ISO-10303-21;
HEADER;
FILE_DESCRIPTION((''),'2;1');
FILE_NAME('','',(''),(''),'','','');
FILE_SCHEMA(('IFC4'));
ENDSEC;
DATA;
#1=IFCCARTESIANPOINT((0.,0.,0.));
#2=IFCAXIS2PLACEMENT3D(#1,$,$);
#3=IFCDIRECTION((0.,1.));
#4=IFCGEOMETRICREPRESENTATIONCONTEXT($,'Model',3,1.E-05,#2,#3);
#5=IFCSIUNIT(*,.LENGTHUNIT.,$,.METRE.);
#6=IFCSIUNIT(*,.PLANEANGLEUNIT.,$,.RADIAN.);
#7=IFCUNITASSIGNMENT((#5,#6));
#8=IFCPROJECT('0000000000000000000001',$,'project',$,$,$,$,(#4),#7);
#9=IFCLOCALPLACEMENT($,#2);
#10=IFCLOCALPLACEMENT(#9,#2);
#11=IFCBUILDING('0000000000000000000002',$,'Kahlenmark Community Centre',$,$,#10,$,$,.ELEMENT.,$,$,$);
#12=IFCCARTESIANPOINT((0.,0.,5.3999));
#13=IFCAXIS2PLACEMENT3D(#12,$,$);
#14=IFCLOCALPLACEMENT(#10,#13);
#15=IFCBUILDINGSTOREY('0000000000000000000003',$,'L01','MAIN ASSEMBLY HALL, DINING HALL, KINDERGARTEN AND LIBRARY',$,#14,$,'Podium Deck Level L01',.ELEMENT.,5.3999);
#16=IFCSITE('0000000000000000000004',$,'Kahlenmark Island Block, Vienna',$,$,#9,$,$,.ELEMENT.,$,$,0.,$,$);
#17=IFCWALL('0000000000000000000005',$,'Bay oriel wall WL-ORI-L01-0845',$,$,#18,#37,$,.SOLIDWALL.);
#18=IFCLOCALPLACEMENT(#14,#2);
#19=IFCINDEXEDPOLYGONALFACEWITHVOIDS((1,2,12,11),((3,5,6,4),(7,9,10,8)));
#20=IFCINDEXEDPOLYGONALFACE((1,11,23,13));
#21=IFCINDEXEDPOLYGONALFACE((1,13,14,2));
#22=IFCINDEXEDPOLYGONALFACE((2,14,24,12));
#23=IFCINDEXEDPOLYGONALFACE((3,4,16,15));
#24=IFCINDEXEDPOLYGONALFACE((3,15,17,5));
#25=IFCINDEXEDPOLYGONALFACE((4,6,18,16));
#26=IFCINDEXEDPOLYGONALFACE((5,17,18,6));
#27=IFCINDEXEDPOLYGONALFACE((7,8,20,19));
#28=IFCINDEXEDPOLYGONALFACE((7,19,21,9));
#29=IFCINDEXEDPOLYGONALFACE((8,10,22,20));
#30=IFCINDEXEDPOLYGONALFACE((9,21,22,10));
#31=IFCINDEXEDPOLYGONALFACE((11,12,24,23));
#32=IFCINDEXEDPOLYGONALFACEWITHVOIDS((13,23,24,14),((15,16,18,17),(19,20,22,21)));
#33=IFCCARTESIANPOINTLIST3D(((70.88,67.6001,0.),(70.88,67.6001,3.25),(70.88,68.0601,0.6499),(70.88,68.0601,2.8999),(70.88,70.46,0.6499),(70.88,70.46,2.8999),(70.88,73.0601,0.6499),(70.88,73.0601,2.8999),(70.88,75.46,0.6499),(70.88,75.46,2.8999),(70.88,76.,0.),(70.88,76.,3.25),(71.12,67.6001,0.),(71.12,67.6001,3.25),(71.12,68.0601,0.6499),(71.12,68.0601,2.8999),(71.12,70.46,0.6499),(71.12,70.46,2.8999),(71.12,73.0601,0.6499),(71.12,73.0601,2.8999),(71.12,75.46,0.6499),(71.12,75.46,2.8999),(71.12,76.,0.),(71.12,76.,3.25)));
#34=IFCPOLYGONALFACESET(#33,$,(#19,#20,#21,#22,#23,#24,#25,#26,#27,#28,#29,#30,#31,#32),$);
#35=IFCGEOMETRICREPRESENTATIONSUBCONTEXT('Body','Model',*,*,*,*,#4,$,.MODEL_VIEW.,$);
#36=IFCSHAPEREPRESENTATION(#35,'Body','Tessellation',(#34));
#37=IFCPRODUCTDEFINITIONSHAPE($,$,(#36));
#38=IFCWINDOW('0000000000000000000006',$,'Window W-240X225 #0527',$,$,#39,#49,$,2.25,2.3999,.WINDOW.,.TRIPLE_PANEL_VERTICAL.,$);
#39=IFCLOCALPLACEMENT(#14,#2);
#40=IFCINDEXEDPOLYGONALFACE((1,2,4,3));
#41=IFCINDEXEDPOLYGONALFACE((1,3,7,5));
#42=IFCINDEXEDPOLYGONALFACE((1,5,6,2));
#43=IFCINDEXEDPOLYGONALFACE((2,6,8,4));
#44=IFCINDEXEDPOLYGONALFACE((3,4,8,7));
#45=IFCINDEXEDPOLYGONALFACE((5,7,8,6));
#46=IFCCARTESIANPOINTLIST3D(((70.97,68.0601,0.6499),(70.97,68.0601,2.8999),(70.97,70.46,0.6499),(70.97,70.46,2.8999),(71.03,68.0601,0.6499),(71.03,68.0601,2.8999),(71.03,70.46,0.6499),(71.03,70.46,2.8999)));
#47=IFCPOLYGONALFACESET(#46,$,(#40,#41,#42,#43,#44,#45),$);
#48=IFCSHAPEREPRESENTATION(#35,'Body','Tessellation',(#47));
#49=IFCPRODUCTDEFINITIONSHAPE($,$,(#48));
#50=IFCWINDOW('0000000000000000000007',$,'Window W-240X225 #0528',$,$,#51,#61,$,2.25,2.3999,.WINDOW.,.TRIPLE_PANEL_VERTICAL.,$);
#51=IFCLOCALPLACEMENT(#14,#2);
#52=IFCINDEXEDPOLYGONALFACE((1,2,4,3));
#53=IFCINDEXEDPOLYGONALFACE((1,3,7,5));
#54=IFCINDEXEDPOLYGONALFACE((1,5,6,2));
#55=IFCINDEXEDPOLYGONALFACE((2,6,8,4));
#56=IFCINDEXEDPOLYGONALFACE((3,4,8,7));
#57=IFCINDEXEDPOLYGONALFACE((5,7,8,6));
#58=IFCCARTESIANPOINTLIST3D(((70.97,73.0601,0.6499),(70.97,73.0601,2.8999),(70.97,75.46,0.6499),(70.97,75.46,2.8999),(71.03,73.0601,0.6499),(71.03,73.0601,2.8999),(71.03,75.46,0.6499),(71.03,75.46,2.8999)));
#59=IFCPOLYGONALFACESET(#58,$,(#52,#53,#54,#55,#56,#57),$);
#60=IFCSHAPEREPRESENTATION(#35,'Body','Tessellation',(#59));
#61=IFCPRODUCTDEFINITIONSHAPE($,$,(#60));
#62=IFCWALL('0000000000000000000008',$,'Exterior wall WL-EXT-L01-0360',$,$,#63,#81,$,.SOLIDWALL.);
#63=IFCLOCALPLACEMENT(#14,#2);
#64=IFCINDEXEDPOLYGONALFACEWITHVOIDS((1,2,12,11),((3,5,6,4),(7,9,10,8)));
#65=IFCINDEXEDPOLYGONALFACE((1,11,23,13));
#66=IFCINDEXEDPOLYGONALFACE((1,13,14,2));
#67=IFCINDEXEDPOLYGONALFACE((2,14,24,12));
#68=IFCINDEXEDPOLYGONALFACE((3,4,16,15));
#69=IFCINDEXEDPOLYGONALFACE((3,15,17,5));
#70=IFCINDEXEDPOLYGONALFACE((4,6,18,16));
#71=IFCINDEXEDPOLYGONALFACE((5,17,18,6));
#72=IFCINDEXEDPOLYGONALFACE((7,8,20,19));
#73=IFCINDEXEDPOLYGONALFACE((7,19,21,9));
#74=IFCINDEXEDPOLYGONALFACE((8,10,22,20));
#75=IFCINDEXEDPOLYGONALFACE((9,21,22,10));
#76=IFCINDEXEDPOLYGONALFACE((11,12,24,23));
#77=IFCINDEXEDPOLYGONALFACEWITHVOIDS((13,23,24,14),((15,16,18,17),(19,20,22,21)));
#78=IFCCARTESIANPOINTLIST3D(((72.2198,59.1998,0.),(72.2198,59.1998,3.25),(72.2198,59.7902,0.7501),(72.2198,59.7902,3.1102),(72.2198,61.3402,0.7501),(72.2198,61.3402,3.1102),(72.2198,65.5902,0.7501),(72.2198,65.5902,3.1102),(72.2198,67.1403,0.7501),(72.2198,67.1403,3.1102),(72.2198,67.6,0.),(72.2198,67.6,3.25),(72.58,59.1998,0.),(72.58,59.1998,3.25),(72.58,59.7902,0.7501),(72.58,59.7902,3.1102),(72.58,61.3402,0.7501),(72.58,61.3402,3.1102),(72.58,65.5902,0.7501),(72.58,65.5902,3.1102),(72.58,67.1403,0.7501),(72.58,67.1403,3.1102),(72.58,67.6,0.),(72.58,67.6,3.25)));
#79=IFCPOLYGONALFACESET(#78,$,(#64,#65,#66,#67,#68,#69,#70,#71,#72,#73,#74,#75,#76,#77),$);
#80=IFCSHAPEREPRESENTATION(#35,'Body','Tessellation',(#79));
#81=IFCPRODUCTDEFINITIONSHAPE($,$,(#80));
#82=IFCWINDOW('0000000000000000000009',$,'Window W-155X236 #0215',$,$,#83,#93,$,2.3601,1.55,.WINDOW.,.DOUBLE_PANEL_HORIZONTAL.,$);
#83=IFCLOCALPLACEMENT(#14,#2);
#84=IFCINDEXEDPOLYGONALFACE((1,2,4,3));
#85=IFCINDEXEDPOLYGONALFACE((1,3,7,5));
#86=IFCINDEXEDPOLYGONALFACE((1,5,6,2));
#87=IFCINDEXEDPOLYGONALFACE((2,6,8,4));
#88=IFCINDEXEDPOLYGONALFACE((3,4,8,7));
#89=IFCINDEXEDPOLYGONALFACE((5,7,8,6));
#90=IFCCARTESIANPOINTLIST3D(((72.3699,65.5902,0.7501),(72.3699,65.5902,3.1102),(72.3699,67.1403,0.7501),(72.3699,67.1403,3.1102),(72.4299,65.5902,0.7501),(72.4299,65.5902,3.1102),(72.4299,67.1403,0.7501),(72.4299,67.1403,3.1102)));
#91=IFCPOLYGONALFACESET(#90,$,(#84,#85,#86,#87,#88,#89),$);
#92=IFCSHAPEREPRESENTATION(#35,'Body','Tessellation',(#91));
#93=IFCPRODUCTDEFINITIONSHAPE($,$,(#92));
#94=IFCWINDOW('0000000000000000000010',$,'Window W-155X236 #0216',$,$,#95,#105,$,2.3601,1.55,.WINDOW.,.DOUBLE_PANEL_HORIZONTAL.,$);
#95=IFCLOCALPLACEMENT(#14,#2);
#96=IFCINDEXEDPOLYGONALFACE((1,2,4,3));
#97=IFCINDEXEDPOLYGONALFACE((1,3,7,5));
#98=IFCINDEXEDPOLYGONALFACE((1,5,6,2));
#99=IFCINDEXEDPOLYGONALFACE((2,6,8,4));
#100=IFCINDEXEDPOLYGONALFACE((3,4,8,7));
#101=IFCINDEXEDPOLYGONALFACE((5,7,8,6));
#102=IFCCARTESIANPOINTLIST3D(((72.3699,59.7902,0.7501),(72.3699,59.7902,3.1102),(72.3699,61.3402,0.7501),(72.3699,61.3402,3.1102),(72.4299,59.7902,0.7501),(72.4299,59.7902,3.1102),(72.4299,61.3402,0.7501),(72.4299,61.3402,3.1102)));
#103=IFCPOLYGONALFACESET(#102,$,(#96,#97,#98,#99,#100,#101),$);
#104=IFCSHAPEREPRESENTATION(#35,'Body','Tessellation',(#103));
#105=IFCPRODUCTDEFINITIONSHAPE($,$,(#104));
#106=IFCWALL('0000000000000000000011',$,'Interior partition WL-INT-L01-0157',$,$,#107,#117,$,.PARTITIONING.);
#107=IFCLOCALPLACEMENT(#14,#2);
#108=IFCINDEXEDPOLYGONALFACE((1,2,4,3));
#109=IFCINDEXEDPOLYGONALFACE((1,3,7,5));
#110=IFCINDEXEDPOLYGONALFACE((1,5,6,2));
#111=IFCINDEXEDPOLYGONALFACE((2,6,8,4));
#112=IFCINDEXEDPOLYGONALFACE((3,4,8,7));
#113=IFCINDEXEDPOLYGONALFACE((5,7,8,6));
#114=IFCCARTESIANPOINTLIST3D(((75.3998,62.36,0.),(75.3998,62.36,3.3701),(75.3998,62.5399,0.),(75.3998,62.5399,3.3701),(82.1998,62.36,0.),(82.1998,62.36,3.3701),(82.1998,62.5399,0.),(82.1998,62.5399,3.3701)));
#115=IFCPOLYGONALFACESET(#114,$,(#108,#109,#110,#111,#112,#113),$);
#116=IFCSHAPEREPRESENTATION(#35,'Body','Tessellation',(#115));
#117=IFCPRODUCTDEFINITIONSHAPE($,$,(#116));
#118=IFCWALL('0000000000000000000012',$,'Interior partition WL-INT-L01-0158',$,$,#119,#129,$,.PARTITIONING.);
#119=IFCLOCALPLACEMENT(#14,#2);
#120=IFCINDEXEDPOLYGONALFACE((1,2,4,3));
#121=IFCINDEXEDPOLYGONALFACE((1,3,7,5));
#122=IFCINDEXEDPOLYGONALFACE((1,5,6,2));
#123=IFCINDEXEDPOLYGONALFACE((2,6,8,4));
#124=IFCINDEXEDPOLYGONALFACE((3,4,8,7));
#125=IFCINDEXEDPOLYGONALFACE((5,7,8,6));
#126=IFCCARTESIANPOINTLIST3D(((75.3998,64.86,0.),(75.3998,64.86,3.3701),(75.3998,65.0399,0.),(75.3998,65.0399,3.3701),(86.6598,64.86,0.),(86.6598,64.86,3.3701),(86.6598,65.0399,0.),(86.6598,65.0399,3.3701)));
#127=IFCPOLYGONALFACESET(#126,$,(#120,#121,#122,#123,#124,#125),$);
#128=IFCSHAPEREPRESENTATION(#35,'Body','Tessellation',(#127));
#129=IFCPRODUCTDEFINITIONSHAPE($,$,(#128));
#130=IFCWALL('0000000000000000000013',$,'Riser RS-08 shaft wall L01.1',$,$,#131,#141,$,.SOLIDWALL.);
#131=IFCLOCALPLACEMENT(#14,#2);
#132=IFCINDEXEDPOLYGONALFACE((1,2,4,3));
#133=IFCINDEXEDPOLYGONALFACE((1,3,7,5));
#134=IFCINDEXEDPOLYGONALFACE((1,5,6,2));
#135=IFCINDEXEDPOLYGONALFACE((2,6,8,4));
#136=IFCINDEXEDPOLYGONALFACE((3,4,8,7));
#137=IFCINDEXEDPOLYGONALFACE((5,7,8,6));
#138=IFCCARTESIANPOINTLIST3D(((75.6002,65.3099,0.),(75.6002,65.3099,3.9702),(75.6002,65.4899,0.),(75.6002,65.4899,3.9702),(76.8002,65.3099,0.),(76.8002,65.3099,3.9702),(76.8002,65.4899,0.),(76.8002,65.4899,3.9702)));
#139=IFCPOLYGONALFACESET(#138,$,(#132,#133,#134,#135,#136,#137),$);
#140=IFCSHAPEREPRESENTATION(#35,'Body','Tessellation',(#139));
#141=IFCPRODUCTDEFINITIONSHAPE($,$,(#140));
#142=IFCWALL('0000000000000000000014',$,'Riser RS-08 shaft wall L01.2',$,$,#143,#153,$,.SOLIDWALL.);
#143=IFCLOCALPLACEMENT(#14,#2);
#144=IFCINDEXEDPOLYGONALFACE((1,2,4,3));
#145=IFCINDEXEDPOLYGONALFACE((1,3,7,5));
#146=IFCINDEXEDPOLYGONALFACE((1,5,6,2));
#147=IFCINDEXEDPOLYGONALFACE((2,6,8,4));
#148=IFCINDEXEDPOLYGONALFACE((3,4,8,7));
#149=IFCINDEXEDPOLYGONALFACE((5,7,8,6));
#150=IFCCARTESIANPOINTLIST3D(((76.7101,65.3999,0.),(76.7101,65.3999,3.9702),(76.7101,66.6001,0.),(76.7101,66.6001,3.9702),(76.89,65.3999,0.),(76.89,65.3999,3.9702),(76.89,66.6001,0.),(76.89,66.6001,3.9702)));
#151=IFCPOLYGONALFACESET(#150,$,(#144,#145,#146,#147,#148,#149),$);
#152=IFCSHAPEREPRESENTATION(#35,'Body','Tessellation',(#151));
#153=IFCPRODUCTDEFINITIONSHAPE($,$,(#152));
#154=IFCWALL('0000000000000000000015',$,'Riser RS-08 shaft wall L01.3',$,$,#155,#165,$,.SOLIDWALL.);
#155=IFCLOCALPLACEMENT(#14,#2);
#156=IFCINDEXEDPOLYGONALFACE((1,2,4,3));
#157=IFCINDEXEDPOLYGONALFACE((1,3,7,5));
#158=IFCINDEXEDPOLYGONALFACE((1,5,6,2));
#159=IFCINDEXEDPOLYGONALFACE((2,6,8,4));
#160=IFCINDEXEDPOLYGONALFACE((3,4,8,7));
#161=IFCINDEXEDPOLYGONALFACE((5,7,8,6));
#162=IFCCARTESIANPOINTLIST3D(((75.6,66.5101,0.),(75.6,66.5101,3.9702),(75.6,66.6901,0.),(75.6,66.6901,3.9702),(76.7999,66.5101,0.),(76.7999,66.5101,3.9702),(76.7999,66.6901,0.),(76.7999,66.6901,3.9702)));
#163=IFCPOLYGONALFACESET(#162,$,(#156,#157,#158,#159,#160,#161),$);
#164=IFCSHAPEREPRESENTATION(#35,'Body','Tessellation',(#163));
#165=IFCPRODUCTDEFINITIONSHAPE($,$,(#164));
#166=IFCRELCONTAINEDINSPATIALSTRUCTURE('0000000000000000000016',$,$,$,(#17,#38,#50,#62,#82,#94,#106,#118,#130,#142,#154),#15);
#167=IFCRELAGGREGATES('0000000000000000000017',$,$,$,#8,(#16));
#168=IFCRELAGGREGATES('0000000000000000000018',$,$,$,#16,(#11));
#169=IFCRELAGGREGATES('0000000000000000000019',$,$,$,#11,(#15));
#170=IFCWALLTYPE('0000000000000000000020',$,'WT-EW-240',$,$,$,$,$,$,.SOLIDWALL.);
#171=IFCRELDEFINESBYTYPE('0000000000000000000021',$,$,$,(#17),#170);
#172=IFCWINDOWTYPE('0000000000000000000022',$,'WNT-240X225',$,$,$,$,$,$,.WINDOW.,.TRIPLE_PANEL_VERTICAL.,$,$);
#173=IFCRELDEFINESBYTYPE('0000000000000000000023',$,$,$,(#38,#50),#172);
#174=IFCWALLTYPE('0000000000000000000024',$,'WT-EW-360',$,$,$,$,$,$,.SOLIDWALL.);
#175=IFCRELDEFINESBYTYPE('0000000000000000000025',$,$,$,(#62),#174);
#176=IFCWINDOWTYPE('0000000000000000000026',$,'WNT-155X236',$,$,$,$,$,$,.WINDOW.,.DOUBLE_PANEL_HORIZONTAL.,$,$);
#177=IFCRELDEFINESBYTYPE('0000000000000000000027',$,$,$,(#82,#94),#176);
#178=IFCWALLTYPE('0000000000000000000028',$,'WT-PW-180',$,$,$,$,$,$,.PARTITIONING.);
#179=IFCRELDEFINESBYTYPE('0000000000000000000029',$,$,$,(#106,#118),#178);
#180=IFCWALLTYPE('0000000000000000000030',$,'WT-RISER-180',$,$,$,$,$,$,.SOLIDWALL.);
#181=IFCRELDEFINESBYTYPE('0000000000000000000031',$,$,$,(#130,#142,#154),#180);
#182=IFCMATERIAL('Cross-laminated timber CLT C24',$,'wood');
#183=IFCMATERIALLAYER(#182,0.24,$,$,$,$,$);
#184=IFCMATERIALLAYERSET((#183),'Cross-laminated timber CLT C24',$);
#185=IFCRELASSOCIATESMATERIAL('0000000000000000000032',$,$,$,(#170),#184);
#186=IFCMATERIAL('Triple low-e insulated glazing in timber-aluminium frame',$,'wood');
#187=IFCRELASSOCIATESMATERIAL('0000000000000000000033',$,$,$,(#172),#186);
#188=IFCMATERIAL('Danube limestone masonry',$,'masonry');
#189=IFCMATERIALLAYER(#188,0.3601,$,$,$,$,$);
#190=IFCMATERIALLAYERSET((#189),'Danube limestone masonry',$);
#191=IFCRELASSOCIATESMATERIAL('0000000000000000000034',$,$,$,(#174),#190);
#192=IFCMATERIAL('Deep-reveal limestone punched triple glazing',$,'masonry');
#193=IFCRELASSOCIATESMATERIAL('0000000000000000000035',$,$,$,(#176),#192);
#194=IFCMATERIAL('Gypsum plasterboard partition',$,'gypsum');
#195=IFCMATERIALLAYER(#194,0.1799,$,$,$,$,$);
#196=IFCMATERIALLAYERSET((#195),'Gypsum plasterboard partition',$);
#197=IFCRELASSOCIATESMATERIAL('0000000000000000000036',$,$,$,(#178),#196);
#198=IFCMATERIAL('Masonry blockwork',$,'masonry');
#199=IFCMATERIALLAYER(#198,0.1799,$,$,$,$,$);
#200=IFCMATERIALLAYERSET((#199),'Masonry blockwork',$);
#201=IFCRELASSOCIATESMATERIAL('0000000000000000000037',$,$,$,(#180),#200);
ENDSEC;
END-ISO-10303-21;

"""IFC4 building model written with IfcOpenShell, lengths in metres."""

from ifc_helpers import new_model, si_unit, direction, frame, frame_2d, origin, place, context, subcontext, project, spatial, rectangle, extrude, material, layer, layer_set, type_object, element, fill, save


model = new_model("IFC4")

# Units and contexts
model_context = context("Model", 3, precision=1e-05, world=origin(), true_north=direction((0.0, 1.0)))
body_context = subcontext(model_context, "Body", "Model", "MODEL_VIEW")
ifc_project = project(units=[si_unit("LENGTHUNIT", "METRE"), si_unit("PLANEANGLEUNIT", "RADIAN")], contexts=[model_context])

# Site, building, storey
site_placement = place(None, origin())
site = spatial("IfcSite", under=ifc_project, at=site_placement, Name="Kahlenmark Island Block, Vienna", CompositionType="ELEMENT", RefElevation=0.0)
building_placement = place(site_placement, origin())
building = spatial("IfcBuilding", under=site, at=building_placement, Name="Kahlenmark Community Centre", CompositionType="ELEMENT")
storey_placement = place(building_placement, frame((0.0, 0.0, 5.3999)))
storey = spatial("IfcBuildingStorey", under=building, at=storey_placement, Name="L01", Description="MAIN ASSEMBLY HALL, DINING HALL, KINDERGARTEN AND LIBRARY", LongName="Podium Deck Level L01", CompositionType="ELEMENT", Elevation=5.3999)

# Shared definitions
ifc_material_1 = material(Name="Cross-laminated timber CLT C24", Category="wood")
ifc_layer_1 = layer(ifc_material_1, 0.24)
ifc_layer_set_1 = layer_set([ifc_layer_1], Name="Cross-laminated timber CLT C24")
wall_type_1 = type_object("IfcWallType", Name="WT-EW-240", PredefinedType="SOLIDWALL", material=ifc_layer_set_1)

# Walls, openings, windows
wall_1_placement = place(storey_placement, frame((71.0, 67.6001, 0.0), z_axis=(0.0, 0.0, 1.0), x_axis=(0.0, 1.0, 0.0)))
wall_1 = element("IfcWall", 1, at=wall_1_placement, inside=storey, type_object=wall_type_1, Name="Bay oriel wall WL-ORI-L01-0845", PredefinedType="SOLIDWALL", context=body_context, shape_type="SweptSolid", body=[
    extrude(rectangle(XDim=8.3999, YDim=0.24, at=frame_2d((4.2, 0.0))), origin(), (0.0, 0.0, 1.0), 3.25),
])
opening_1_placement = place(wall_1_placement, frame((0.46, 0.0, 0.6499)))
opening_1 = element("IfcOpeningElement", 2, at=opening_1_placement, cuts=wall_1, PredefinedType="OPENING", context=body_context, shape_type="SweptSolid", body=[
    extrude(rectangle(XDim=2.3999, YDim=2.25, at=frame_2d((1.2, 1.125))), frame((0.0, 0.1299, 0.0), z_axis=(0.0, -1.0, 0.0), x_axis=(1.0, 0.0, 0.0)), (0.0, 0.0, 1.0), 0.26),
])
opening_2_placement = place(wall_1_placement, frame((5.46, 0.0, 0.6499)))
opening_2 = element("IfcOpeningElement", 3, at=opening_2_placement, cuts=wall_1, PredefinedType="OPENING", context=body_context, shape_type="SweptSolid", body=[
    extrude(rectangle(XDim=2.3999, YDim=2.25, at=frame_2d((1.2, 1.125))), frame((0.0, 0.1299, 0.0), z_axis=(0.0, -1.0, 0.0), x_axis=(1.0, 0.0, 0.0)), (0.0, 0.0, 1.0), 0.26),
])
ifc_material_2 = material(Name="Triple low-e insulated glazing in timber-aluminium frame", Category="wood")
window_type_1 = type_object("IfcWindowType", Name="WNT-240X225", PartitioningType="TRIPLE_PANEL_VERTICAL", PredefinedType="WINDOW", material=ifc_material_2)
window_1_placement = place(opening_1_placement, origin())
window_1 = element("IfcWindow", 4, at=window_1_placement, inside=storey, type_object=window_type_1, Name="Window W-240X225 #0527", OverallHeight=2.25, OverallWidth=2.3999, PartitioningType="TRIPLE_PANEL_VERTICAL", PredefinedType="WINDOW", context=body_context, shape_type="SweptSolid", body=[
    extrude(rectangle(XDim=2.3999, YDim=2.25, at=frame_2d((1.2, 1.125))), frame((0.0, 0.03, 0.0), z_axis=(0.0, -1.0, 0.0), x_axis=(1.0, 0.0, 0.0)), (0.0, 0.0, 1.0), 0.0601),
])
fill(opening_1, window_1)
window_2_placement = place(opening_2_placement, origin())
window_2 = element("IfcWindow", 5, at=window_2_placement, inside=storey, type_object=window_type_1, Name="Window W-240X225 #0528", OverallHeight=2.25, OverallWidth=2.3999, PartitioningType="TRIPLE_PANEL_VERTICAL", PredefinedType="WINDOW", context=body_context, shape_type="SweptSolid", body=[
    extrude(rectangle(XDim=2.3999, YDim=2.25, at=frame_2d((1.2, 1.125))), frame((0.0, 0.03, 0.0), z_axis=(0.0, -1.0, 0.0), x_axis=(1.0, 0.0, 0.0)), (0.0, 0.0, 1.0), 0.0601),
])
fill(opening_2, window_2)
ifc_material_3 = material(Name="Danube limestone masonry", Category="masonry")
ifc_layer_2 = layer(ifc_material_3, 0.3601)
ifc_layer_set_2 = layer_set([ifc_layer_2], Name="Danube limestone masonry")
wall_type_2 = type_object("IfcWallType", Name="WT-EW-360", PredefinedType="SOLIDWALL", material=ifc_layer_set_2)
wall_2_placement = place(storey_placement, frame((72.3999, 67.6001, 0.0), z_axis=(0.0, 0.0, 1.0), x_axis=(0.0, -1.0, 0.0)))
wall_2 = element("IfcWall", 6, at=wall_2_placement, inside=storey, type_object=wall_type_2, Name="Exterior wall WL-EXT-L01-0360", PredefinedType="SOLIDWALL", context=body_context, shape_type="SweptSolid", body=[
    extrude(rectangle(XDim=8.4001, YDim=0.3601, at=frame_2d((4.2002, 0.0))), origin(), (0.0, 0.0, 1.0), 3.25),
])
opening_3_placement = place(wall_2_placement, frame((0.46, 0.0, 0.75)))
opening_3 = element("IfcOpeningElement", 7, at=opening_3_placement, cuts=wall_2, PredefinedType="OPENING", context=body_context, shape_type="SweptSolid", body=[
    extrude(rectangle(XDim=1.55, YDim=2.3601, at=frame_2d((0.7749, 1.1802))), frame((0.0, 0.1899, 0.0), z_axis=(0.0, -1.0, 0.0), x_axis=(1.0, 0.0, 0.0)), (0.0, 0.0, 1.0), 0.3801),
])
opening_4_placement = place(wall_2_placement, frame((6.26, 0.0, 0.75)))
opening_4 = element("IfcOpeningElement", 8, at=opening_4_placement, cuts=wall_2, PredefinedType="OPENING", context=body_context, shape_type="SweptSolid", body=[
    extrude(rectangle(XDim=1.55, YDim=2.3601, at=frame_2d((0.7749, 1.1802))), frame((0.0, 0.1899, 0.0), z_axis=(0.0, -1.0, 0.0), x_axis=(1.0, 0.0, 0.0)), (0.0, 0.0, 1.0), 0.3801),
])
ifc_material_4 = material(Name="Deep-reveal limestone punched triple glazing", Category="masonry")
window_type_2 = type_object("IfcWindowType", Name="WNT-155X236", PartitioningType="DOUBLE_PANEL_HORIZONTAL", PredefinedType="WINDOW", material=ifc_material_4)
window_3_placement = place(opening_3_placement, origin())
window_3 = element("IfcWindow", 9, at=window_3_placement, inside=storey, type_object=window_type_2, Name="Window W-155X236 #0215", OverallHeight=2.3601, OverallWidth=1.55, PartitioningType="DOUBLE_PANEL_HORIZONTAL", PredefinedType="WINDOW", context=body_context, shape_type="SweptSolid", body=[
    extrude(rectangle(XDim=1.55, YDim=2.3601, at=frame_2d((0.7749, 1.1802))), frame((0.0, 0.03, 0.0), z_axis=(0.0, -1.0, 0.0), x_axis=(1.0, 0.0, 0.0)), (0.0, 0.0, 1.0), 0.0601),
])
fill(opening_3, window_3)
window_4_placement = place(opening_4_placement, origin())
window_4 = element("IfcWindow", 10, at=window_4_placement, inside=storey, type_object=window_type_2, Name="Window W-155X236 #0216", OverallHeight=2.3601, OverallWidth=1.55, PartitioningType="DOUBLE_PANEL_HORIZONTAL", PredefinedType="WINDOW", context=body_context, shape_type="SweptSolid", body=[
    extrude(rectangle(XDim=1.55, YDim=2.3601, at=frame_2d((0.7749, 1.1802))), frame((0.0, 0.03, 0.0), z_axis=(0.0, -1.0, 0.0), x_axis=(1.0, 0.0, 0.0)), (0.0, 0.0, 1.0), 0.0601),
])
fill(opening_4, window_4)

# Shared definitions
ifc_material_5 = material(Name="Gypsum plasterboard partition", Category="gypsum")

# Walls
ifc_layer_3 = layer(ifc_material_5, 0.1799)
ifc_layer_set_3 = layer_set([ifc_layer_3], Name="Gypsum plasterboard partition")
wall_type_3 = type_object("IfcWallType", Name="WT-PW-180", PredefinedType="PARTITIONING", material=ifc_layer_set_3)
wall_3_placement = place(storey_placement, frame((75.3999, 62.45, 0.0), z_axis=(0.0, 0.0, 1.0), x_axis=(1.0, 0.0, 0.0)))
element("IfcWall", 11, at=wall_3_placement, inside=storey, type_object=wall_type_3, Name="Interior partition WL-INT-L01-0157", PredefinedType="PARTITIONING", context=body_context, shape_type="SweptSolid", body=[
    extrude(rectangle(XDim=6.8, YDim=0.1799, at=frame_2d((3.3999, 0.0))), origin(), (0.0, 0.0, 1.0), 3.3701),
])
wall_4_placement = place(storey_placement, frame((75.3999, 64.95, 0.0), z_axis=(0.0, 0.0, 1.0), x_axis=(1.0, 0.0, 0.0)))
element("IfcWall", 12, at=wall_4_placement, inside=storey, type_object=wall_type_3, Name="Interior partition WL-INT-L01-0158", PredefinedType="PARTITIONING", context=body_context, shape_type="SweptSolid", body=[
    extrude(rectangle(XDim=11.26, YDim=0.1799, at=frame_2d((5.6299, 0.0))), origin(), (0.0, 0.0, 1.0), 3.3701),
])

# Walls
ifc_material_6 = material(Name="Masonry blockwork", Category="masonry")
ifc_layer_4 = layer(ifc_material_6, 0.1799)
ifc_layer_set_4 = layer_set([ifc_layer_4], Name="Masonry blockwork")
wall_type_4 = type_object("IfcWallType", Name="WT-RISER-180", PredefinedType="SOLIDWALL", material=ifc_layer_set_4)
wall_5_placement = place(storey_placement, frame((75.6001, 65.3999, 0.0), z_axis=(0.0, 0.0, 1.0), x_axis=(1.0, 0.0, 0.0)))
element("IfcWall", 13, at=wall_5_placement, inside=storey, type_object=wall_type_4, Name="Riser RS-08 shaft wall L01.1", PredefinedType="SOLIDWALL", context=body_context, shape_type="SweptSolid", body=[
    extrude(rectangle(XDim=1.2, YDim=0.1799, at=frame_2d((0.6001, 0.0))), origin(), (0.0, 0.0, 1.0), 3.9702),
])
wall_6_placement = place(storey_placement, frame((76.8, 65.3999, 0.0), z_axis=(0.0, 0.0, 1.0), x_axis=(0.0, 1.0, 0.0)))
element("IfcWall", 14, at=wall_6_placement, inside=storey, type_object=wall_type_4, Name="Riser RS-08 shaft wall L01.2", PredefinedType="SOLIDWALL", context=body_context, shape_type="SweptSolid", body=[
    extrude(rectangle(XDim=1.2002, YDim=0.1799, at=frame_2d((0.6001, 0.0))), origin(), (0.0, 0.0, 1.0), 3.9702),
])
wall_7_placement = place(storey_placement, frame((76.8, 66.6001, 0.0), z_axis=(0.0, 0.0, 1.0), x_axis=(-1.0, 0.0, 0.0)))
element("IfcWall", 15, at=wall_7_placement, inside=storey, type_object=wall_type_4, Name="Riser RS-08 shaft wall L01.3", PredefinedType="SOLIDWALL", context=body_context, shape_type="SweptSolid", body=[
    extrude(rectangle(XDim=1.2, YDim=0.1799, at=frame_2d((0.6001, 0.0))), origin(), (0.0, 0.0, 1.0), 3.9702),
])

save(model, "model.ifc")
